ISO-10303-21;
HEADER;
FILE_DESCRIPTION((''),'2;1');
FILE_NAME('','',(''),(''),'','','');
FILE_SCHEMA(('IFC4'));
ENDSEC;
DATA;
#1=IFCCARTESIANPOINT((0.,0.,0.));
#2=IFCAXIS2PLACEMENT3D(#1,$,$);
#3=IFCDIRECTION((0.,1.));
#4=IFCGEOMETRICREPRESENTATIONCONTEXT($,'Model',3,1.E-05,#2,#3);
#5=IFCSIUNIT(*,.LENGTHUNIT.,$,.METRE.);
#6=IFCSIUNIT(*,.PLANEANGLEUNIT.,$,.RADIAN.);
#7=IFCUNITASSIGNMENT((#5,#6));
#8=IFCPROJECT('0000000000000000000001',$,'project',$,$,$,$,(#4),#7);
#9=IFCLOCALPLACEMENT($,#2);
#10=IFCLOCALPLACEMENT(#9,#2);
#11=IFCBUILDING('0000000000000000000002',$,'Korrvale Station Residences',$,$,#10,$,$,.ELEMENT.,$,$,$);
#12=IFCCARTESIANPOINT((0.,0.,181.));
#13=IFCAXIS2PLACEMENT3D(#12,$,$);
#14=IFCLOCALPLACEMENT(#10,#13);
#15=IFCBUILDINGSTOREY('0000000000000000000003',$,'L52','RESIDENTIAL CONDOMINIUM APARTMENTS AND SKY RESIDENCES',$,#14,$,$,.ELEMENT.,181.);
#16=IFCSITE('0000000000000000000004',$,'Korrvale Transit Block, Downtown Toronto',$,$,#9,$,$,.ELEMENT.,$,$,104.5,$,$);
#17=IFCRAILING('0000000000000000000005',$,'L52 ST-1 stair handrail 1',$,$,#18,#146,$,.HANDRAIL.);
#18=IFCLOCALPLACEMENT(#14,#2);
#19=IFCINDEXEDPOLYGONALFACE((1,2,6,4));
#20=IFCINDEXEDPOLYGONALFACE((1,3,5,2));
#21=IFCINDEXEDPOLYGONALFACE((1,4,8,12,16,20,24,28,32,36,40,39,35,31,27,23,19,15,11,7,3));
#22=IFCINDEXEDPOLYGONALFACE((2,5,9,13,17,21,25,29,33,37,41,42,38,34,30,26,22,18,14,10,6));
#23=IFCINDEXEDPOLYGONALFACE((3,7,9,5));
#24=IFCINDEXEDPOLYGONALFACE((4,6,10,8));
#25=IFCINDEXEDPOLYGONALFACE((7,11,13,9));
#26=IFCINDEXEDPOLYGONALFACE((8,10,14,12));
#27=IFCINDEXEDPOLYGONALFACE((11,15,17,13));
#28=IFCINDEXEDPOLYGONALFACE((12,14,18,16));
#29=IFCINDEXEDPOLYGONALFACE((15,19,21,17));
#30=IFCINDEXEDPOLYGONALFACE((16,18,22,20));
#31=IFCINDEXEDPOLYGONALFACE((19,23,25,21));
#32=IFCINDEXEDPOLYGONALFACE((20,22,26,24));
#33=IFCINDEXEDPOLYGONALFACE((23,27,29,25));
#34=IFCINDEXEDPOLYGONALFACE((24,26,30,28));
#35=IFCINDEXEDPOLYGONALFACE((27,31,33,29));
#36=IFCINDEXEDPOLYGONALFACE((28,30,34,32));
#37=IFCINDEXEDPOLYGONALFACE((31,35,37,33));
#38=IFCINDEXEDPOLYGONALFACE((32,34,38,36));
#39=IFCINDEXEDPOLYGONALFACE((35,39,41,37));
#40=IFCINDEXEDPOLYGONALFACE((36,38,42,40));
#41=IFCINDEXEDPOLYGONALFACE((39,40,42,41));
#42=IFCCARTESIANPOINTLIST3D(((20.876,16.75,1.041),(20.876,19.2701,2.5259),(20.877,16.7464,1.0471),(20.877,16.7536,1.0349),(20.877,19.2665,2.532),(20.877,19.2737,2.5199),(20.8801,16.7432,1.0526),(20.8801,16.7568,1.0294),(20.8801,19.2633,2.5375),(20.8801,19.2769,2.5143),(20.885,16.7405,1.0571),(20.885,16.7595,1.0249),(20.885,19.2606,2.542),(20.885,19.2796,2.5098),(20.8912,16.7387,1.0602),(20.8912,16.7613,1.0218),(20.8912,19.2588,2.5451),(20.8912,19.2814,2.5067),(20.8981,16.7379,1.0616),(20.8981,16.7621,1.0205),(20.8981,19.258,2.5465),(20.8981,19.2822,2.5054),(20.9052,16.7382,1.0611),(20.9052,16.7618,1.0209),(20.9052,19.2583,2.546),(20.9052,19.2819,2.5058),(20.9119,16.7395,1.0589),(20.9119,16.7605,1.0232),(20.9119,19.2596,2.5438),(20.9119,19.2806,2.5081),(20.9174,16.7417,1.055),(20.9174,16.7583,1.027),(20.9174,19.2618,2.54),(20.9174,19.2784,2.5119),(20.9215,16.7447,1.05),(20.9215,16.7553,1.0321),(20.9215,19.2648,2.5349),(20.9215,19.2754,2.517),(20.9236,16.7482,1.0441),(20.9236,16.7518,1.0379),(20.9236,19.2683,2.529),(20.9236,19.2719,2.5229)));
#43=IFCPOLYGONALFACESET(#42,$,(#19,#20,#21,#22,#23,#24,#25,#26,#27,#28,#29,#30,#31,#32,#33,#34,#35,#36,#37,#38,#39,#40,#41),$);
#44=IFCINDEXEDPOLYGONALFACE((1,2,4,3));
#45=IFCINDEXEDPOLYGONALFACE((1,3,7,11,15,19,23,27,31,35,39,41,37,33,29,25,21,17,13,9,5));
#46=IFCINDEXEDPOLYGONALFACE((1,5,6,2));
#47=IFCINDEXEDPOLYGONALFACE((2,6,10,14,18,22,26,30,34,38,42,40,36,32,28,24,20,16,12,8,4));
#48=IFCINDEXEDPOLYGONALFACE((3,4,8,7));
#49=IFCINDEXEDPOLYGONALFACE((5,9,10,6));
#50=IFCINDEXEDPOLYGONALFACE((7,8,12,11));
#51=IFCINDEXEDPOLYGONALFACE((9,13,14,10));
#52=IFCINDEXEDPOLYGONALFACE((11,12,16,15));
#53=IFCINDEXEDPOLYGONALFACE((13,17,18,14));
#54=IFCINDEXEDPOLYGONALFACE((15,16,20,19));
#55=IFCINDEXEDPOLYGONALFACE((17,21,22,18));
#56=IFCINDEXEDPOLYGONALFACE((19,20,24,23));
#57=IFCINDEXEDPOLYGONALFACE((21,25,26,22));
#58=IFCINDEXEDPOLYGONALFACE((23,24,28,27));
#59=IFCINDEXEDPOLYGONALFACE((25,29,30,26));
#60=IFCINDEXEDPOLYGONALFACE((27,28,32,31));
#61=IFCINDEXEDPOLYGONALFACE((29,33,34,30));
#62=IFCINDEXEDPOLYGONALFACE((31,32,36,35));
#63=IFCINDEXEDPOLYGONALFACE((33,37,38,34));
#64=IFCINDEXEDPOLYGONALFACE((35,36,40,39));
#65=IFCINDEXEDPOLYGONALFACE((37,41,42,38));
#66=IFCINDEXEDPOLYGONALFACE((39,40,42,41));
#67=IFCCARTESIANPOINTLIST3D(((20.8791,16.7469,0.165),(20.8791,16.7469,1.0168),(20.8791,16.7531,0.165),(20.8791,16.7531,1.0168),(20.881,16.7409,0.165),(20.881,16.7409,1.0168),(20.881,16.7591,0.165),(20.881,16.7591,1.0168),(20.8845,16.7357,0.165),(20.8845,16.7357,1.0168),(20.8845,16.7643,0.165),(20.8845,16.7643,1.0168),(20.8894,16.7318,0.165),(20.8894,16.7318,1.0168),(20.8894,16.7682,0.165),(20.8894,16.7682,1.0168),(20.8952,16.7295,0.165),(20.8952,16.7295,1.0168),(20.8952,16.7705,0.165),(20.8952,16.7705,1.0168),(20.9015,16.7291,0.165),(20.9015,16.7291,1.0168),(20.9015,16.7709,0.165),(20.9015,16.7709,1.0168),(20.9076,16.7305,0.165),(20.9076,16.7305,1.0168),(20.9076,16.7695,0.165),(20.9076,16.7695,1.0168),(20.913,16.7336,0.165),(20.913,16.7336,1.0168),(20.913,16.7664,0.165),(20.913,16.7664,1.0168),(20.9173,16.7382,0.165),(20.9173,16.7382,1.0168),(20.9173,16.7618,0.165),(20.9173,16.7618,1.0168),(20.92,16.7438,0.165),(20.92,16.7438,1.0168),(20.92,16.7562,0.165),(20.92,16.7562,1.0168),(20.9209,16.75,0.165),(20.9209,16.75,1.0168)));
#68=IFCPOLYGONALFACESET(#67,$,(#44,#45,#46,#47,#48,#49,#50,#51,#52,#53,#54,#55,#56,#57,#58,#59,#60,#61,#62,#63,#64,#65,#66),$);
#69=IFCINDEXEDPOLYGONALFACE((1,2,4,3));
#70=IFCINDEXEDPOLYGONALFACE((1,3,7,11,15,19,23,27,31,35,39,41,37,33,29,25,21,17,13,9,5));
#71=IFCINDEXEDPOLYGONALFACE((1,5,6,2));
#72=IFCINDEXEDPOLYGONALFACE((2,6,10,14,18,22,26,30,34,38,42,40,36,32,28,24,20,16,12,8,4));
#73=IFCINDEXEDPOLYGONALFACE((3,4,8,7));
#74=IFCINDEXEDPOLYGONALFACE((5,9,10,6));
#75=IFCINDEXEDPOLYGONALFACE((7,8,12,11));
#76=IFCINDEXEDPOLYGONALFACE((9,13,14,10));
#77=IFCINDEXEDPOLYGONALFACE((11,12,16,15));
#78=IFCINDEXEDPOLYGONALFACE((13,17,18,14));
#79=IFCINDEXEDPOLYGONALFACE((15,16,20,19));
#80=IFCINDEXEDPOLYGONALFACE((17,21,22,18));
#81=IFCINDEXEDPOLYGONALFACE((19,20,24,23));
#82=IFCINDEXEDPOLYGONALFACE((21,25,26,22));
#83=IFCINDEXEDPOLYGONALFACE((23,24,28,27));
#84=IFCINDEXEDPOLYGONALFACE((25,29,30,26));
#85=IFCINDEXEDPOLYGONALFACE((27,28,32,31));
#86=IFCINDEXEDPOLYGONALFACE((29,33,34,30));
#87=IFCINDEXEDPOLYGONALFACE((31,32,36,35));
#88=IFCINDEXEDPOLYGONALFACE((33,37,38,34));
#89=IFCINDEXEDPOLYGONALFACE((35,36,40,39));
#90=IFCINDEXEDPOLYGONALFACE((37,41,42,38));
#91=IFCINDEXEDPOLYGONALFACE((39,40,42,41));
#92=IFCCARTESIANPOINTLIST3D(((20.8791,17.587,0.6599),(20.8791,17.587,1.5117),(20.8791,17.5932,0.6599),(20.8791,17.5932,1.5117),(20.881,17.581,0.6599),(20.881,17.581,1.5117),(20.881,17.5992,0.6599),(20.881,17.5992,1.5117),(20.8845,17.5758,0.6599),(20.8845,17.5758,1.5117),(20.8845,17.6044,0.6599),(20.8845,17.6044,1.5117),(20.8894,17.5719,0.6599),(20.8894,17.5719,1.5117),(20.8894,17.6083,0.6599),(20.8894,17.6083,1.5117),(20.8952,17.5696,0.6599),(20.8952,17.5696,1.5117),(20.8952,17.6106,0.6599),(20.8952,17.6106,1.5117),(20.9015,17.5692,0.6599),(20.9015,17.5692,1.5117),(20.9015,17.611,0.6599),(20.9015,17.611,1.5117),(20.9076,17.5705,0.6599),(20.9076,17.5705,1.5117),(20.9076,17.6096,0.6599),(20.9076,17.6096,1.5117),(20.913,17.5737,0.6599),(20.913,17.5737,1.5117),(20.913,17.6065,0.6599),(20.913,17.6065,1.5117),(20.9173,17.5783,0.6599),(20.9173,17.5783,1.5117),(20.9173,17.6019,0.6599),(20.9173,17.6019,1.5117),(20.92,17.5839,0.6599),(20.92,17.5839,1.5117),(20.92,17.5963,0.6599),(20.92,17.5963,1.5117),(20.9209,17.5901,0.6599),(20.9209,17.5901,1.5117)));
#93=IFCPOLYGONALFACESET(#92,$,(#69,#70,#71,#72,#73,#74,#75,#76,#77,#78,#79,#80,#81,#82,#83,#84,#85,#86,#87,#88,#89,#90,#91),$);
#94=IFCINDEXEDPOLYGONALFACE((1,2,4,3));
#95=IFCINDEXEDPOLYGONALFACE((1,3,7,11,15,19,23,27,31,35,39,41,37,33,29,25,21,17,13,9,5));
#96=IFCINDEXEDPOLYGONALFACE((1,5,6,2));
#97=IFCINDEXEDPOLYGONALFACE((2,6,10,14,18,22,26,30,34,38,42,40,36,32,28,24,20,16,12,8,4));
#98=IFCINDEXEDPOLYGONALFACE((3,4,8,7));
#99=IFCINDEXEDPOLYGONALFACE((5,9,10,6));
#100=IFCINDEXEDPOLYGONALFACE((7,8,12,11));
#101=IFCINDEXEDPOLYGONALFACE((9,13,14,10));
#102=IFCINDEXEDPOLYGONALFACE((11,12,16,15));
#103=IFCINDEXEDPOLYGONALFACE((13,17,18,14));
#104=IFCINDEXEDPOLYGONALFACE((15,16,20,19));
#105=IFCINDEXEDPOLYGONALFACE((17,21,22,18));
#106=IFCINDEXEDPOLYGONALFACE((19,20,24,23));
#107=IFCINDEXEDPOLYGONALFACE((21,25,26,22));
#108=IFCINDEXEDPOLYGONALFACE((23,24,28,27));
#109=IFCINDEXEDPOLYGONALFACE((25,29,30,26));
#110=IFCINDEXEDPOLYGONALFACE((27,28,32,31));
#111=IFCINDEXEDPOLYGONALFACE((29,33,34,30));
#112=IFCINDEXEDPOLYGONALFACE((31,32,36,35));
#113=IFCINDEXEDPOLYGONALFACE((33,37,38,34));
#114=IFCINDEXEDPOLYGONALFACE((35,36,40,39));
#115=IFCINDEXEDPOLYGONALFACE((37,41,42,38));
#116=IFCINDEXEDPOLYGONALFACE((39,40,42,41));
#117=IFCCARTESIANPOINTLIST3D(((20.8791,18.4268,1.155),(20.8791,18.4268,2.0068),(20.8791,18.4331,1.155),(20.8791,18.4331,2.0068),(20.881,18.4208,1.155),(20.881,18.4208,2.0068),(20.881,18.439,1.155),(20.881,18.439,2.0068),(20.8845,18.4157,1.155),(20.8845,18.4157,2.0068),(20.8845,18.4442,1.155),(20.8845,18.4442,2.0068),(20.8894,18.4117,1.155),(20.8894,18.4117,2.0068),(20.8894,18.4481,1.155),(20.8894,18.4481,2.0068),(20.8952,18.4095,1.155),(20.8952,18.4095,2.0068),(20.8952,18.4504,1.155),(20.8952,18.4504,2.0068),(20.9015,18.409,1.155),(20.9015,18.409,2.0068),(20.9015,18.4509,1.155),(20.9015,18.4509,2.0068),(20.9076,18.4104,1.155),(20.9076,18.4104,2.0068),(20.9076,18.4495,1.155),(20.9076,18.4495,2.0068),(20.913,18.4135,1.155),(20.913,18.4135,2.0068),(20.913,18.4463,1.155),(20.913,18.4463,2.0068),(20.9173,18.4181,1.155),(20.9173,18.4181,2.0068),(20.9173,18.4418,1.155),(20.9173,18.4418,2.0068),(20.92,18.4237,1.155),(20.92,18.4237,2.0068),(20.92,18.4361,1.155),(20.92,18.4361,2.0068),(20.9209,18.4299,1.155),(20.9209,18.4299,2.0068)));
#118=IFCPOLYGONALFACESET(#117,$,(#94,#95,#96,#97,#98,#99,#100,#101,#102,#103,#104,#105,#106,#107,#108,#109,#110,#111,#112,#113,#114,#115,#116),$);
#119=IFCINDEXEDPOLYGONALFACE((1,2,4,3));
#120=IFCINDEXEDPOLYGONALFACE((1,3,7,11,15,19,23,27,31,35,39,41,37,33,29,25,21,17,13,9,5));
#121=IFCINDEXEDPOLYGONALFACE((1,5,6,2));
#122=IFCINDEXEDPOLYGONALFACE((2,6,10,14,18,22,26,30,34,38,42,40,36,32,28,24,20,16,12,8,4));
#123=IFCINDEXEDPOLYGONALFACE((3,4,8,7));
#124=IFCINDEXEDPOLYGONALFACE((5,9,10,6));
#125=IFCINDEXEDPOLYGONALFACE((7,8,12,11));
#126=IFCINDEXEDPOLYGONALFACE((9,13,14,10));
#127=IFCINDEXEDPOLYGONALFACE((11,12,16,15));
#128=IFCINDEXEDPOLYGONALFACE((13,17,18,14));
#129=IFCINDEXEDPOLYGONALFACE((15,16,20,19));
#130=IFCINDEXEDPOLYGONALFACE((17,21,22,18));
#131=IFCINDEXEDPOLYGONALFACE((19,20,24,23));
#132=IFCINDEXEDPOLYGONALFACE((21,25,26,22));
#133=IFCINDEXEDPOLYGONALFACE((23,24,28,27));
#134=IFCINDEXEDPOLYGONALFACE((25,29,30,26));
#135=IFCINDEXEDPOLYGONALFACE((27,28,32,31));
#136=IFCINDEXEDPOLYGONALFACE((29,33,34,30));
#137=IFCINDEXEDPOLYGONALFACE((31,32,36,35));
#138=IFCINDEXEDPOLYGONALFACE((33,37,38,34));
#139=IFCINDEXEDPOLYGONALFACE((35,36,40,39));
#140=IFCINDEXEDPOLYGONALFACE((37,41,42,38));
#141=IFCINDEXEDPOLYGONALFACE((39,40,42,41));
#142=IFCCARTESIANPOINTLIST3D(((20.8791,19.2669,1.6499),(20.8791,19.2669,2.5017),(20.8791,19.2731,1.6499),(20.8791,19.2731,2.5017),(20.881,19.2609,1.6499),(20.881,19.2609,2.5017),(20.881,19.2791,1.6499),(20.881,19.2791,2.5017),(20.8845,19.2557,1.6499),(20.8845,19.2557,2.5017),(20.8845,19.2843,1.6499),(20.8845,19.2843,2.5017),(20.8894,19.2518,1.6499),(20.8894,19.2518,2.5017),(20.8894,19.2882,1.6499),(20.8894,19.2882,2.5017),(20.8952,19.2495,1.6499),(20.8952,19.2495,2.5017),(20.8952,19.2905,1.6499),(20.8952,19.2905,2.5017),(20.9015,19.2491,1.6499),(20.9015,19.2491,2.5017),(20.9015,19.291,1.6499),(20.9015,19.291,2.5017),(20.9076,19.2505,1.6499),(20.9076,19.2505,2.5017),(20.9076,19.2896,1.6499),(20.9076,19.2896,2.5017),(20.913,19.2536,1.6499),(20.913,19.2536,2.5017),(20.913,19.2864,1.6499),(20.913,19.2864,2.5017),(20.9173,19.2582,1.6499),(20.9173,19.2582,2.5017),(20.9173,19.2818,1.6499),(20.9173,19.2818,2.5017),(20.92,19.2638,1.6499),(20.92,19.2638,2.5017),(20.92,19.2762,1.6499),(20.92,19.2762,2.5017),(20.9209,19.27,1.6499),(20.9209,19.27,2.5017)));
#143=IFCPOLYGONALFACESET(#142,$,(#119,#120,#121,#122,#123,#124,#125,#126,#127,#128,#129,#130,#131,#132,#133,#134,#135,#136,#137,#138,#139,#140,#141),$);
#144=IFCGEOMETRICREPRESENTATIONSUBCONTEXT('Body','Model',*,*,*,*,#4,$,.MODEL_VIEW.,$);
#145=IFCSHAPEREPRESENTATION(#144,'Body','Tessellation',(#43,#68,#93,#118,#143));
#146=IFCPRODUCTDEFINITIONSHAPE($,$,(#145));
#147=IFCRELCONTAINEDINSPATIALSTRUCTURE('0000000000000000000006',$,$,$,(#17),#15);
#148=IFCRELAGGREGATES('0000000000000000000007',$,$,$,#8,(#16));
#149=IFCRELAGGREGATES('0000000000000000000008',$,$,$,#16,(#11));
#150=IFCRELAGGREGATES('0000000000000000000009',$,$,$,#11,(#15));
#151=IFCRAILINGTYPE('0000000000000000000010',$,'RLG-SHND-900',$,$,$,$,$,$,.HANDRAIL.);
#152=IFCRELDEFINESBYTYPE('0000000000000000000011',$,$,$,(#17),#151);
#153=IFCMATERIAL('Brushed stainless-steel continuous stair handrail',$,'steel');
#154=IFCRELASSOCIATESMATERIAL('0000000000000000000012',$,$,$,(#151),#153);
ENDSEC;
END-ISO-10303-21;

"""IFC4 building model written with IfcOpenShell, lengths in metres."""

from ifc_helpers import new_model, si_unit, direction, frame, origin, origin_2d, place, context, subcontext, project, spatial, circle, extrude, material, type_object, element, save


model = new_model("IFC4")

# Units and contexts
model_context = context("Model", 3, precision=1e-05, world=origin(), true_north=direction((0.0, 1.0)))
body_context = subcontext(model_context, "Body", "Model", "MODEL_VIEW")
ifc_project = project(units=[si_unit("LENGTHUNIT", "METRE"), si_unit("PLANEANGLEUNIT", "RADIAN")], contexts=[model_context])

# Site, building, storey
site_placement = place(None, origin())
site = spatial("IfcSite", under=ifc_project, at=site_placement, Name="Korrvale Transit Block, Downtown Toronto", CompositionType="ELEMENT", RefElevation=104.5)
building_placement = place(site_placement, origin())
building = spatial("IfcBuilding", under=site, at=building_placement, Name="Korrvale Station Residences", CompositionType="ELEMENT")
storey_placement = place(building_placement, frame((0.0, 0.0, 181.0)))
storey = spatial("IfcBuildingStorey", under=building, at=storey_placement, Name="L52", Description="RESIDENTIAL CONDOMINIUM APARTMENTS AND SKY RESIDENCES", CompositionType="ELEMENT", Elevation=181.0)

# Railing
ifc_material_1 = material(Name="Brushed stainless-steel continuous stair handrail", Category="steel")
railing_type_1 = type_object("IfcRailingType", Name="RLG-SHND-900", PredefinedType="HANDRAIL", material=ifc_material_1)
railing_1_placement = place(storey_placement, frame((20.8999, 16.75, 0.165)))
element("IfcRailing", 1, at=railing_1_placement, inside=storey, type_object=railing_type_1, Name="L52 ST-1 stair handrail 1", PredefinedType="HANDRAIL", context=body_context, shape_type="SweptSolid", body=[
    extrude(circle(Radius=0.0239, at=origin_2d()), frame((0.0, 0.0, 0.876), z_axis=(0.0, 0.861561, 0.507655), x_axis=(-1.0, 0.0, 0.0)), (0.0, 0.0, 1.0), 2.925),
    extrude(circle(Radius=0.021, at=origin_2d()), origin(), (0.0, 0.0, 1.0), 0.8518),
    extrude(circle(Radius=0.021, at=origin_2d()), frame((0.0, 0.8401, 0.4949)), (0.0, 0.0, 1.0), 0.8518),
    extrude(circle(Radius=0.021, at=origin_2d()), frame((0.0, 1.6799, 0.99)), (0.0, 0.0, 1.0), 0.8518),
    extrude(circle(Radius=0.021, at=origin_2d()), frame((0.0, 2.52, 1.4849)), (0.0, 0.0, 1.0), 0.8518),
])

save(model, "model.ifc")
